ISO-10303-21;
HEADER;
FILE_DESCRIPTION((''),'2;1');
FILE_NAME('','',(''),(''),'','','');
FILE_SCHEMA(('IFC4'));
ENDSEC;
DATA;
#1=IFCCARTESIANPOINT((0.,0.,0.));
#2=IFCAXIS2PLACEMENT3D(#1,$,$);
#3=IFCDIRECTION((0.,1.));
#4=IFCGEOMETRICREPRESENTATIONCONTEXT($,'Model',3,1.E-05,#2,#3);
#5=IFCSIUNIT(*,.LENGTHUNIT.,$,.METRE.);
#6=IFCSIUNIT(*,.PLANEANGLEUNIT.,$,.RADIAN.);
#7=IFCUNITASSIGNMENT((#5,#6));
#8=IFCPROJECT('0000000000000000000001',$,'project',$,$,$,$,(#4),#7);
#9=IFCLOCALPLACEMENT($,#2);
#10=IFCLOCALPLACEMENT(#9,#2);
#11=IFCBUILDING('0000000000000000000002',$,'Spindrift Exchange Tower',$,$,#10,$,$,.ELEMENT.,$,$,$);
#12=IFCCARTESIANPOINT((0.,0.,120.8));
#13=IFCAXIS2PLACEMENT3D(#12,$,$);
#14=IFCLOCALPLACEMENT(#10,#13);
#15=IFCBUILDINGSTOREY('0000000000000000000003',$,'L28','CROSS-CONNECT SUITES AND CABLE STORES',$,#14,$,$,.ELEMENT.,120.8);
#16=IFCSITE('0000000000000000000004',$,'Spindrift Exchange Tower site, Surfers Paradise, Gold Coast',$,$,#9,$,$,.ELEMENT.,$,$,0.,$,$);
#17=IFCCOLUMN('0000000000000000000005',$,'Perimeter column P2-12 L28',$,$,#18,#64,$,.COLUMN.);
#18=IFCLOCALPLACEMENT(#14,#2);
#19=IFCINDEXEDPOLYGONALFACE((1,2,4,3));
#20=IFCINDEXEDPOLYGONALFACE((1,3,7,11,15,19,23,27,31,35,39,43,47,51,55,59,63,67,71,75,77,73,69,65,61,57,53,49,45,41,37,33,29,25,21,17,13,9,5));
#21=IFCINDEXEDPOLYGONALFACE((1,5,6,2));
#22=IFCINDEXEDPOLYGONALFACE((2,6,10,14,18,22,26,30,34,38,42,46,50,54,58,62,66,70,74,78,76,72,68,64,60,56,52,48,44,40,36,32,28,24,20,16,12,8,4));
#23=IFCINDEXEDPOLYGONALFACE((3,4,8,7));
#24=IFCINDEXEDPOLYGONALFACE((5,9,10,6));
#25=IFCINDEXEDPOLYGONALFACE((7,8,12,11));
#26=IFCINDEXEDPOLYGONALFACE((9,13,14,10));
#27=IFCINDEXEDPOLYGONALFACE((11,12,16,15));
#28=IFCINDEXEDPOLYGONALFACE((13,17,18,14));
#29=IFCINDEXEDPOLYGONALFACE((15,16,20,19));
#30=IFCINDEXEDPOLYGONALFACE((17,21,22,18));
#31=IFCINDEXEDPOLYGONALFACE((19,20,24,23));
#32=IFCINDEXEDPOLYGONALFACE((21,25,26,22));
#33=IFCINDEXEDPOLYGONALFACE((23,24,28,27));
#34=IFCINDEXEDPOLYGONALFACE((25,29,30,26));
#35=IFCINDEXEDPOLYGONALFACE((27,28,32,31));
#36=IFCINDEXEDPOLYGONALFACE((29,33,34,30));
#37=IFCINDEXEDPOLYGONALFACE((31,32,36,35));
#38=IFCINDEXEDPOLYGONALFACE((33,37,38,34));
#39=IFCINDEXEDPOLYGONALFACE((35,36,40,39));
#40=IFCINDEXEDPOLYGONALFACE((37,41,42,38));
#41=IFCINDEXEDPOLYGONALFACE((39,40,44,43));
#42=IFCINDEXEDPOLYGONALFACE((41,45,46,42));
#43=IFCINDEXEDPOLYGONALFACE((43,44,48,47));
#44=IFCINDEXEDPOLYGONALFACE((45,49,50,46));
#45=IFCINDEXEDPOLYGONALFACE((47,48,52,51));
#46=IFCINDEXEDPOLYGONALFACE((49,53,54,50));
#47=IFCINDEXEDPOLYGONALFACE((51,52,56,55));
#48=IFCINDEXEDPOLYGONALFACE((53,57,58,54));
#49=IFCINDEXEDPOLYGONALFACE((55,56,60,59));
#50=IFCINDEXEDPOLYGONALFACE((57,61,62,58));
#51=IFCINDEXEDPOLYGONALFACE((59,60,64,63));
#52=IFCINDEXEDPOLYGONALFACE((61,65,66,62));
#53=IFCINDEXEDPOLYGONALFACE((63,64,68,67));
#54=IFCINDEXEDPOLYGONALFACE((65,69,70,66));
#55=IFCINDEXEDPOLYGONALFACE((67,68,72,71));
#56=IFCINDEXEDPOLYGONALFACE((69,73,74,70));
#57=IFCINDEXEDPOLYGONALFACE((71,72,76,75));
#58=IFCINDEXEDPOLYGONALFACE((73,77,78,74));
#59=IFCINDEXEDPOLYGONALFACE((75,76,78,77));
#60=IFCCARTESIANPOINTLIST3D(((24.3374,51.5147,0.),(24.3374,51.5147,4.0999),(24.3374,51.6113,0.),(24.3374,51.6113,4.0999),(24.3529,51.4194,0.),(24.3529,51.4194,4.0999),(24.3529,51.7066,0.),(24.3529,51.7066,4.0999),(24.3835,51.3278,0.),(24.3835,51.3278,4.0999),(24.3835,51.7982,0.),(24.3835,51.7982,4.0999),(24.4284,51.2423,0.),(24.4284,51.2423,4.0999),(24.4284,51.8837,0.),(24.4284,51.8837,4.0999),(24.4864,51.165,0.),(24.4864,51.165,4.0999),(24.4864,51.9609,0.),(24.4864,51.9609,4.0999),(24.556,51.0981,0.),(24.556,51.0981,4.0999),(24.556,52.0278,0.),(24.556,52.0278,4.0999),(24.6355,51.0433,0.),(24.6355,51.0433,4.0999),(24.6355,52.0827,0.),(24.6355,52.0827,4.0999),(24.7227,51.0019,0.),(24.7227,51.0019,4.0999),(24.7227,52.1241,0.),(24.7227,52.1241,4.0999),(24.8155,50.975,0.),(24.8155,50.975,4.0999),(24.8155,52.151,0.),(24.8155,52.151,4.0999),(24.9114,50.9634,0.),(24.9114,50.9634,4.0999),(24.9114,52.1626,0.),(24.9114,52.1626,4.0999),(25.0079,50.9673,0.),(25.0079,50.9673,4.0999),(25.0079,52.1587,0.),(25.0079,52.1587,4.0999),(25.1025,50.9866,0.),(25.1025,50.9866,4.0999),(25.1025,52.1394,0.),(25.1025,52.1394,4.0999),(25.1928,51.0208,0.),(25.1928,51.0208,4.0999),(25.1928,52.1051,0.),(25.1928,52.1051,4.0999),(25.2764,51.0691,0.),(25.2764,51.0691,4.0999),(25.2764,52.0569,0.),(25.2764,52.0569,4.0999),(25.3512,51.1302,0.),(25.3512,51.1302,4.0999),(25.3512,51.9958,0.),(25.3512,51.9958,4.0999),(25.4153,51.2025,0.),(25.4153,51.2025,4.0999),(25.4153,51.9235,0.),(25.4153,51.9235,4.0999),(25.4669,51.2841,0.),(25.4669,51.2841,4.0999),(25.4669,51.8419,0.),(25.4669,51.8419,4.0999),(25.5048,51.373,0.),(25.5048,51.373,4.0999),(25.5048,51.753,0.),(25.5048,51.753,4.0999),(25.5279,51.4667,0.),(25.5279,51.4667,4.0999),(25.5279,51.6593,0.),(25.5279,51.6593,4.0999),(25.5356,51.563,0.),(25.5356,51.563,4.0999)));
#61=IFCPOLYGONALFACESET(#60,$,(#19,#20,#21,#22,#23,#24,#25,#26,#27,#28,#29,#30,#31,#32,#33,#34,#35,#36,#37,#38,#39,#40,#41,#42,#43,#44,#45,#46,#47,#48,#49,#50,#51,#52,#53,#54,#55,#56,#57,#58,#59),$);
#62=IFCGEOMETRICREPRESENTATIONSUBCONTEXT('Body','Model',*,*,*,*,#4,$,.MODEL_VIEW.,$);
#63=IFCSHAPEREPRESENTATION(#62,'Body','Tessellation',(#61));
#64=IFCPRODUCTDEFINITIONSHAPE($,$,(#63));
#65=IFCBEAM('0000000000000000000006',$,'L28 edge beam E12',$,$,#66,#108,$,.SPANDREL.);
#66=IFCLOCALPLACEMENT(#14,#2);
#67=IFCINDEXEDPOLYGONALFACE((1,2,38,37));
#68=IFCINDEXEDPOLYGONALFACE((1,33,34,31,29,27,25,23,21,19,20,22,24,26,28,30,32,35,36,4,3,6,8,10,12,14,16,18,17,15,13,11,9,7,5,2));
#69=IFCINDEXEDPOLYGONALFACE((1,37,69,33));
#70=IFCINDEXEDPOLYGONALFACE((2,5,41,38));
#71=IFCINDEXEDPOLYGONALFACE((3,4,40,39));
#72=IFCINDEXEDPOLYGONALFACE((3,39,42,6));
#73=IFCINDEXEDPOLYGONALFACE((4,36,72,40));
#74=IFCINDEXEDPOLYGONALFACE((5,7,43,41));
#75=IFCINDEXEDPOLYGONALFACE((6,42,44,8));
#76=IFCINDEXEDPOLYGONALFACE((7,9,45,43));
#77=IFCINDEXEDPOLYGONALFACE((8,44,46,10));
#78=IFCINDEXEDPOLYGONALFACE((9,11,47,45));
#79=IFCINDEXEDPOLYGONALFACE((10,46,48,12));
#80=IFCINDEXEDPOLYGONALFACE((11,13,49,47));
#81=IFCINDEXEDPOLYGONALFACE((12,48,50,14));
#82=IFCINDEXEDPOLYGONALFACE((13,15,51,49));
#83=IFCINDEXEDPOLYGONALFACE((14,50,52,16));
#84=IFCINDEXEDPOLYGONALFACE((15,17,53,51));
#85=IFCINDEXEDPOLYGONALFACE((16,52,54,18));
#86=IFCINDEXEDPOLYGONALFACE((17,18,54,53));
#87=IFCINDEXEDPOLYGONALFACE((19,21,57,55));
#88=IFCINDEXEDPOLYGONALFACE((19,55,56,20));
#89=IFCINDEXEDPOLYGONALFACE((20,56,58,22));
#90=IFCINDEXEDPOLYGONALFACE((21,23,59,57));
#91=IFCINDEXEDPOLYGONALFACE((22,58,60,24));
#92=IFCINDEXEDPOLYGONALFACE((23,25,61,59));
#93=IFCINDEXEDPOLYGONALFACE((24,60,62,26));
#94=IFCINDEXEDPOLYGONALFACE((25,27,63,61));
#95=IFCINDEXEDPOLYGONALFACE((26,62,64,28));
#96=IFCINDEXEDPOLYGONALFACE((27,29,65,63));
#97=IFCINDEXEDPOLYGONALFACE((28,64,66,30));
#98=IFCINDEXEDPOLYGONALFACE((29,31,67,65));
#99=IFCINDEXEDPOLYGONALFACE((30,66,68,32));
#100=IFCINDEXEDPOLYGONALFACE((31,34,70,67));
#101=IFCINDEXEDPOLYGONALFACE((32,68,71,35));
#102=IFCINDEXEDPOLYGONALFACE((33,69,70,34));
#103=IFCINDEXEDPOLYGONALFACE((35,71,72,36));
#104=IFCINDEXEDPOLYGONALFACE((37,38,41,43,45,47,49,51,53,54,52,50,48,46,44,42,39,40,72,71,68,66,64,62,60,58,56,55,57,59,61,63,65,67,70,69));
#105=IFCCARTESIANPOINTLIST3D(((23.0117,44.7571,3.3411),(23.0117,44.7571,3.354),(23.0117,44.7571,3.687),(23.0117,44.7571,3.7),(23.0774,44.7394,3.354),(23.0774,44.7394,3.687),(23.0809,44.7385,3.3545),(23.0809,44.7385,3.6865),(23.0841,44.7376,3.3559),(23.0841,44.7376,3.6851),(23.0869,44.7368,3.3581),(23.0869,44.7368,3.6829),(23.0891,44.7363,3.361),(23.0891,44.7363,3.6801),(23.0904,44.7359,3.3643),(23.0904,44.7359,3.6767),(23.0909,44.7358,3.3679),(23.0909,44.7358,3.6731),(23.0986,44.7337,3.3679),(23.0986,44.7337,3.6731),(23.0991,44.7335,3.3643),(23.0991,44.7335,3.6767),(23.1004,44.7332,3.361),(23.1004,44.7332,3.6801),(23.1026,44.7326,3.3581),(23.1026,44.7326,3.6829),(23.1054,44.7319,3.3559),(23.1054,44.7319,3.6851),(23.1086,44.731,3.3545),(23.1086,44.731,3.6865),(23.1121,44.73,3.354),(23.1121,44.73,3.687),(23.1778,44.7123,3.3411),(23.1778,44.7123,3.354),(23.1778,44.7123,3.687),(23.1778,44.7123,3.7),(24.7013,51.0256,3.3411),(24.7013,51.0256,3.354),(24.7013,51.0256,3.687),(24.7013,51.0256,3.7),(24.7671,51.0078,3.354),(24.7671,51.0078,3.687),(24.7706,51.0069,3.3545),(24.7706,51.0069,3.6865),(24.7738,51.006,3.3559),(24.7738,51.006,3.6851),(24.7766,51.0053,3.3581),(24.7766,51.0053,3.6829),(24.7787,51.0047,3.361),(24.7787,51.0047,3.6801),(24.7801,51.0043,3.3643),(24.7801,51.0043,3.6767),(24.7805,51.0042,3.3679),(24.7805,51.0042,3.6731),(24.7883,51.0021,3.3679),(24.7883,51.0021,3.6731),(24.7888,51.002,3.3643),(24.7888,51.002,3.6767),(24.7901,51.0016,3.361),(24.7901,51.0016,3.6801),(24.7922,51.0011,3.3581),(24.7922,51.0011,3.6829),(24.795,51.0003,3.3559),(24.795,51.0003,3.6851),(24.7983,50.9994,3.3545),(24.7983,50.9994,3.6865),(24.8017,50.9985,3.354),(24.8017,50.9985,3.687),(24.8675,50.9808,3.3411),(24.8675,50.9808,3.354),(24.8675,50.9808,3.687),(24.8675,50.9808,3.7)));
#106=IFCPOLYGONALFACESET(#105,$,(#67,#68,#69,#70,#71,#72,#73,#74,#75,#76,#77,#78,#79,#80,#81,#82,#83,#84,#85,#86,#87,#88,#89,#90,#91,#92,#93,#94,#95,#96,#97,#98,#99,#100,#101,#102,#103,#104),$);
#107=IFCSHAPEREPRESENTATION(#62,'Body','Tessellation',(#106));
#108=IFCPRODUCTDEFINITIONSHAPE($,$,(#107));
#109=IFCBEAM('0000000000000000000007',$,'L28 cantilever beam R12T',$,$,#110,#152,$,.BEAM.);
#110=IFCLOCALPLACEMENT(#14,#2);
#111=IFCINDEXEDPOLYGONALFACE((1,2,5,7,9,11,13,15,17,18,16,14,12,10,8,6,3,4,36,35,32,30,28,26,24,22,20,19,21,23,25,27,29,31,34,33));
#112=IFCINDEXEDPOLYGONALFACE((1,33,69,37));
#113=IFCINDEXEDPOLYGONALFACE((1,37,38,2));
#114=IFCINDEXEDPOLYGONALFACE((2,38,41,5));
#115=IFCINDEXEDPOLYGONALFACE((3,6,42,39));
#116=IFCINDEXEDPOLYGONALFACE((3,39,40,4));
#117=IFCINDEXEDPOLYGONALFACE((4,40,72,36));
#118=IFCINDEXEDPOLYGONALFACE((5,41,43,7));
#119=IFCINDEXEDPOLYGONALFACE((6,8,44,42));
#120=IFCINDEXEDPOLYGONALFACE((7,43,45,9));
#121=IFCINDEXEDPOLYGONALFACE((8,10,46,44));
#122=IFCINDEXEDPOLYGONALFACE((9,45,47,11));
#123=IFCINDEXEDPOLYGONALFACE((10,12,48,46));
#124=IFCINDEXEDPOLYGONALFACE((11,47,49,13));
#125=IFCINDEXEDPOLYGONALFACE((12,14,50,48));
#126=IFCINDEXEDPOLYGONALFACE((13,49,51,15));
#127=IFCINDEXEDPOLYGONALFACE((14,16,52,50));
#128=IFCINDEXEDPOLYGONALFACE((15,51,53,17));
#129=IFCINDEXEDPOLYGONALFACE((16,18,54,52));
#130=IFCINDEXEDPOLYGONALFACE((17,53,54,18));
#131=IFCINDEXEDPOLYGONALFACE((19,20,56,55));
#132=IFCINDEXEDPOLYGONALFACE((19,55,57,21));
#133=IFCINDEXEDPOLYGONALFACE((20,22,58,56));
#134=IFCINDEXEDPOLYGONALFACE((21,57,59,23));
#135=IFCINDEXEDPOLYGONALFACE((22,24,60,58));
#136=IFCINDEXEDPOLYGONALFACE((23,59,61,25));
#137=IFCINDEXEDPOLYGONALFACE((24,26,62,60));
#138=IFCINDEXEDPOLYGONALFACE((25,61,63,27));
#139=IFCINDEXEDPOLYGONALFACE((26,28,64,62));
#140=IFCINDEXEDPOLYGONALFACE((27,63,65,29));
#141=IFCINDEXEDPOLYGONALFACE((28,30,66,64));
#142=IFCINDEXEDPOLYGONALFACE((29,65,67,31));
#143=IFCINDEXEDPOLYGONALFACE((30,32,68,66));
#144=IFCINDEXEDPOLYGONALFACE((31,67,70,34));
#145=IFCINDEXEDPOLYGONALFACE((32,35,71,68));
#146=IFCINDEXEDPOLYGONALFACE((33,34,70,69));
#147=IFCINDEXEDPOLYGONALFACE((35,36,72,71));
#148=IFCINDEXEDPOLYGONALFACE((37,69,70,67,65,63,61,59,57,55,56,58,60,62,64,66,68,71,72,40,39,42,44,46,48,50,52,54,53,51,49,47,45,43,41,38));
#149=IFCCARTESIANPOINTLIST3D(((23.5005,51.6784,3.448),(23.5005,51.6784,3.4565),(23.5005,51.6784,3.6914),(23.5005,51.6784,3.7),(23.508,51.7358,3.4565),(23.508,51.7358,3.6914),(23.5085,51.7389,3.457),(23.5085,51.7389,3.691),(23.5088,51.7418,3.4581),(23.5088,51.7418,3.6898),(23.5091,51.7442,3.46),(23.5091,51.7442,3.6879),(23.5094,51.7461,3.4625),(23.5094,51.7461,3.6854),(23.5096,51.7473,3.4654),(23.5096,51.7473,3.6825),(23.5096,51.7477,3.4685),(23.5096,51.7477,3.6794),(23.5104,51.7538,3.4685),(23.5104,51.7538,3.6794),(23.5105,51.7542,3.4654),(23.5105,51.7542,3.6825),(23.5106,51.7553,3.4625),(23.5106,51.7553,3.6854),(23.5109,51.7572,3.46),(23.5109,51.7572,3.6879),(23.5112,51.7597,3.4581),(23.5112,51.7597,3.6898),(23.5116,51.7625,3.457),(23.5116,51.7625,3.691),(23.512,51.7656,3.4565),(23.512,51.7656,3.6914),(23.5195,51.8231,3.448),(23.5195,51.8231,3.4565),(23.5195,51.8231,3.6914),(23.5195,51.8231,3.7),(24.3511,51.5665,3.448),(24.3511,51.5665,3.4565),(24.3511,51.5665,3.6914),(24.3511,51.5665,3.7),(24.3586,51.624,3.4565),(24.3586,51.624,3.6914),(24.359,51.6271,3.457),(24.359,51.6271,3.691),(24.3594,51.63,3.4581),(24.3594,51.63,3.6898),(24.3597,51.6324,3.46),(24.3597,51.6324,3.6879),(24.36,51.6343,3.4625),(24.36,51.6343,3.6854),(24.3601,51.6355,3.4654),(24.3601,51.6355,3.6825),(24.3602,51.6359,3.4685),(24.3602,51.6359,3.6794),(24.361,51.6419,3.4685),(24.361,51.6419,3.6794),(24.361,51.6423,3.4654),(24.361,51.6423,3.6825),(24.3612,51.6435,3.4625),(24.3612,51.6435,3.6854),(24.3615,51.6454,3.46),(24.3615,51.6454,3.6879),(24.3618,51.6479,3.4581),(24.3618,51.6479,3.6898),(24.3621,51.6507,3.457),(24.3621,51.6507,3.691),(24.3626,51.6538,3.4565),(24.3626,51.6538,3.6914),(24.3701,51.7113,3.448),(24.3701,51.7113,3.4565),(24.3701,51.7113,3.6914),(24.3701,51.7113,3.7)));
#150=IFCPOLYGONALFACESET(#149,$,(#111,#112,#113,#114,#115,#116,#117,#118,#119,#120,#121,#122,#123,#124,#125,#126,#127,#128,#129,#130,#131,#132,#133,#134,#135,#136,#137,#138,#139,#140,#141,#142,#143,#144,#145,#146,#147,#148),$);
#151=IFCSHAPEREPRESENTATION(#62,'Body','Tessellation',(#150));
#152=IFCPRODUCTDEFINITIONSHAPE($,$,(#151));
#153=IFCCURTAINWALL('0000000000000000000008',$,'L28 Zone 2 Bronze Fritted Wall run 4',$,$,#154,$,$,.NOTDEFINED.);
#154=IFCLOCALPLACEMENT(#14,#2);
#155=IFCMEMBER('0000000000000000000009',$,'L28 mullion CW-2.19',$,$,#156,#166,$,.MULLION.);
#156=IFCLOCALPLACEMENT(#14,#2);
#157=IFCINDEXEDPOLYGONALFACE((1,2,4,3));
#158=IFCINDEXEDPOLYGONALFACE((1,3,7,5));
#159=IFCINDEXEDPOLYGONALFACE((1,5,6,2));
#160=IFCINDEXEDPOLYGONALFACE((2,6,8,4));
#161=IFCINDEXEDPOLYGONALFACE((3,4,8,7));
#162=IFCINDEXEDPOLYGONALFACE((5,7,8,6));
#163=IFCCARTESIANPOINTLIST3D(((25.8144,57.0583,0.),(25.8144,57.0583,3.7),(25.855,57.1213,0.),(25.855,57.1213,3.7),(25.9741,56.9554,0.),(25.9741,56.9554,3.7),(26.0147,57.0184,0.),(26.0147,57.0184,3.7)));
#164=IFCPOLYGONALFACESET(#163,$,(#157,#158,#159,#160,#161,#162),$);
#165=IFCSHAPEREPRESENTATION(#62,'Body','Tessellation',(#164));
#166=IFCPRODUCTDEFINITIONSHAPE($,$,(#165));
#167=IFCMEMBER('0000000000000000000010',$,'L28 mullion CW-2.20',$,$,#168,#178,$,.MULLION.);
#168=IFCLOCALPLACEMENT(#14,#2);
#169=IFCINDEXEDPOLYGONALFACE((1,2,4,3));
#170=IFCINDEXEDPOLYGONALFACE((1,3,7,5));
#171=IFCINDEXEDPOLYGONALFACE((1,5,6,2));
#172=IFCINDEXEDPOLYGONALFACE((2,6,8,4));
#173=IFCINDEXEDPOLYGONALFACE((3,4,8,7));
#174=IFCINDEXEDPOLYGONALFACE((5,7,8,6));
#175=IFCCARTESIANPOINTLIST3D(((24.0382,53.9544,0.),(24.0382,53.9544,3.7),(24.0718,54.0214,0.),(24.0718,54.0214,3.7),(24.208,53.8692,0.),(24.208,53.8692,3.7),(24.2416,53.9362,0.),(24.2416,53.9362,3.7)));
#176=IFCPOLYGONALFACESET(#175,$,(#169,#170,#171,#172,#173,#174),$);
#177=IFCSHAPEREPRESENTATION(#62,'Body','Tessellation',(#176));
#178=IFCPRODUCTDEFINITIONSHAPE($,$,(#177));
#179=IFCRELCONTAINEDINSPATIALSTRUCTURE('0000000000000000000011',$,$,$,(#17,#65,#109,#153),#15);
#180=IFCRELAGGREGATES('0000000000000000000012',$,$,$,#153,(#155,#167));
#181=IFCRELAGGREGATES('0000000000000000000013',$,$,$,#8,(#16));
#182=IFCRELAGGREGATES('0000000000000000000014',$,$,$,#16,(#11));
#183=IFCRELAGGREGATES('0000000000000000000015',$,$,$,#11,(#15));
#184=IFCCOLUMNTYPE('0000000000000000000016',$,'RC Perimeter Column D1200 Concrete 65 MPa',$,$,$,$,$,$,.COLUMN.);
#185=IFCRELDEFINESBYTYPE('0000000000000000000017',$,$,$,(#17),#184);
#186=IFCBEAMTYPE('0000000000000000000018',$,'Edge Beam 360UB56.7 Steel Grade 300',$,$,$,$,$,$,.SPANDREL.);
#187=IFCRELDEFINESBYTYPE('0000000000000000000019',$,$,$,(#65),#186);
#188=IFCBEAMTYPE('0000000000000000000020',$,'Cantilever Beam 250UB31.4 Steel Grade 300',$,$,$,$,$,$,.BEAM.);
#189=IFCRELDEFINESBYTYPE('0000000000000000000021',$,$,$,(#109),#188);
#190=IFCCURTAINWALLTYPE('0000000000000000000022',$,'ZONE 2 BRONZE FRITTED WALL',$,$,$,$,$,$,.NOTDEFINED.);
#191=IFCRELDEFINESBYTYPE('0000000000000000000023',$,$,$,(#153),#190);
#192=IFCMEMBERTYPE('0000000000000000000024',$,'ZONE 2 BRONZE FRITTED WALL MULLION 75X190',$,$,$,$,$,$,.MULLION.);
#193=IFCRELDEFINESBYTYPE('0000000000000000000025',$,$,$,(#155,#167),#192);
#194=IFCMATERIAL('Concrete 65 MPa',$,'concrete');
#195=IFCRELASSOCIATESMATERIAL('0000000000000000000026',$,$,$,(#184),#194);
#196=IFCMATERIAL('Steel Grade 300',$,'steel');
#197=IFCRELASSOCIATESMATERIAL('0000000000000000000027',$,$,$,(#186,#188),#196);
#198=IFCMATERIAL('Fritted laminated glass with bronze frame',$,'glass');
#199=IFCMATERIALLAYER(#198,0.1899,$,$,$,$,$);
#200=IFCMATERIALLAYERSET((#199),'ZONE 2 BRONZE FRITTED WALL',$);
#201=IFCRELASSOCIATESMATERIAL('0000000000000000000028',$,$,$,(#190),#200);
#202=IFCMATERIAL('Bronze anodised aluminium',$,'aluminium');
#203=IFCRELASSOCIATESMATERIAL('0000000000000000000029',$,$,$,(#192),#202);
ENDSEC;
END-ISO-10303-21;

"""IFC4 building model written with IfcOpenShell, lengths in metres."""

from ifc_helpers import new_model, si_unit, direction, frame, origin, origin_2d, place, context, subcontext, project, spatial, rectangle, circle, i_section, extrude, source, transform, mapped, material, layer, layer_set, material_profile, profile_set, type_object, element, aggregate, save


model = new_model("IFC4")

# Units and contexts
model_context = context("Model", 3, precision=1e-05, world=origin(), true_north=direction((0.0, 1.0)))
body_context = subcontext(model_context, "Body", "Model", "MODEL_VIEW")
ifc_project = project(units=[si_unit("LENGTHUNIT", "METRE"), si_unit("PLANEANGLEUNIT", "RADIAN")], contexts=[model_context])

# Site, building, storey
site_placement = place(None, origin())
site = spatial("IfcSite", under=ifc_project, at=site_placement, Name="Spindrift Exchange Tower site, Surfers Paradise, Gold Coast", CompositionType="ELEMENT", RefElevation=0.0)
building_placement = place(site_placement, origin())
building = spatial("IfcBuilding", under=site, at=building_placement, Name="Spindrift Exchange Tower", CompositionType="ELEMENT")
storey_placement = place(building_placement, frame((0.0, 0.0, 120.8)))
storey = spatial("IfcBuildingStorey", under=building, at=storey_placement, Name="L28", Description="CROSS-CONNECT SUITES AND CABLE STORES", CompositionType="ELEMENT", Elevation=120.8)

# Column
ifc_material_1 = material(Name="Concrete 65 MPa", Category="concrete")
ifc_material_profile_1 = material_profile(ifc_material_1, circle(Radius=0.6001, at=origin_2d()), Name="RC D1200")
ifc_profile_set_1 = profile_set([ifc_material_profile_1], Name="Concrete 65 MPa")
column_type = type_object("IfcColumnType", Name="RC Perimeter Column D1200 Concrete 65 MPa", PredefinedType="COLUMN", material=ifc_profile_set_1)
shared_shape_1 = source(origin(), body_context, "Body", "SweptSolid", [
    extrude(circle(Radius=0.6001, at=origin_2d()), origin(), (0.0, 0.0, 1.0), 4.0999),
])
column_placement = place(storey_placement, frame((24.9355, 51.563, 0.0), z_axis=(0.0, 0.0, 1.0), x_axis=(1.0, 0.0, 0.0)))
element("IfcColumn", 1, at=column_placement, inside=storey, type_object=column_type, Name="Perimeter column P2-12 L28", PredefinedType="COLUMN", context=body_context, shape_type="MappedRepresentation", body=[
    mapped(shared_shape_1, transform((0.0, 0.0, 0.0), scale=1.0)),
])

# Beams
ifc_material_2 = material(Name="Steel Grade 300", Category="steel")
ifc_material_profile_2 = material_profile(ifc_material_2, i_section(OverallWidth=0.1721, OverallDepth=0.3589, WebThickness=0.0081, FlangeThickness=0.0129, FilletRadius=0.0139, at=origin_2d()), Name="360UB56.7")
ifc_profile_set_2 = profile_set([ifc_material_profile_2], Name="Steel Grade 300")
beam_type_1 = type_object("IfcBeamType", Name="Edge Beam 360UB56.7 Steel Grade 300", PredefinedType="SPANDREL", material=ifc_profile_set_2)
shared_shape_2 = source(origin(), body_context, "Body", "SweptSolid", [
    extrude(i_section(OverallWidth=0.1721, OverallDepth=0.3589, WebThickness=0.0081, FlangeThickness=0.0129, FilletRadius=0.0139, at=origin_2d()), origin(), (0.0, 0.0, 1.0), 6.4922),
])
beam_1_placement = place(storey_placement, frame((24.7844, 51.0032, 3.5205), z_axis=(-0.260262, -0.965538, 0.0), x_axis=(0.965538, -0.260262, 0.0)))
element("IfcBeam", 2, at=beam_1_placement, inside=storey, type_object=beam_type_1, Name="L28 edge beam E12", PredefinedType="SPANDREL", context=body_context, shape_type="MappedRepresentation", body=[
    mapped(shared_shape_2, transform((0.0, 0.0, 0.0), scale=1.0)),
])
ifc_material_profile_3 = material_profile(ifc_material_2, i_section(OverallWidth=0.146, OverallDepth=0.252, WebThickness=0.0061, FlangeThickness=0.0085, FilletRadius=0.012, at=origin_2d()), Name="250UB31.4")
ifc_profile_set_3 = profile_set([ifc_material_profile_3], Name="Steel Grade 300")
beam_type_2 = type_object("IfcBeamType", Name="Cantilever Beam 250UB31.4 Steel Grade 300", PredefinedType="BEAM", material=ifc_profile_set_3)
shared_shape_3 = source(origin(), body_context, "Body", "SweptSolid", [
    extrude(i_section(OverallWidth=0.146, OverallDepth=0.252, WebThickness=0.0061, FlangeThickness=0.0085, FilletRadius=0.012, at=origin_2d()), origin(), (0.0, 0.0, 1.0), 0.8579),
])
beam_2_placement = place(storey_placement, frame((24.3606, 51.6389, 3.574), z_axis=(-0.99147, 0.130337, 0.0), x_axis=(-0.130337, -0.99147, 0.0)))
element("IfcBeam", 3, at=beam_2_placement, inside=storey, type_object=beam_type_2, Name="L28 cantilever beam R12T", PredefinedType="BEAM", context=body_context, shape_type="MappedRepresentation", body=[
    mapped(shared_shape_3, transform((0.0, 0.0, 0.0), scale=1.0)),
])

# Curtain wall, members
ifc_material_3 = material(Name="Fritted laminated glass with bronze frame", Category="glass")
ifc_layer_1 = layer(ifc_material_3, 0.1899)
ifc_layer_set_1 = layer_set([ifc_layer_1], Name="ZONE 2 BRONZE FRITTED WALL")
curtain_wall_type = type_object("IfcCurtainWallType", Name="ZONE 2 BRONZE FRITTED WALL", PredefinedType="NOTDEFINED", material=ifc_layer_set_1)
curtain_wall_placement = place(storey_placement, origin())
curtain_wall = element("IfcCurtainWall", 4, at=curtain_wall_placement, inside=storey, type_object=curtain_wall_type, Name="L28 Zone 2 Bronze Fritted Wall run 4", PredefinedType="NOTDEFINED")
ifc_material_4 = material(Name="Bronze anodised aluminium", Category="aluminium")
ifc_material_profile_4 = material_profile(ifc_material_4, rectangle(XDim=0.075, YDim=0.1899, at=origin_2d()), Name="ZONE 2 BRONZE FRITTED WALL MULLION 75X190")
ifc_profile_set_4 = profile_set([ifc_material_profile_4], Name="Bronze anodised aluminium")
member_type_1 = type_object("IfcMemberType", Name="ZONE 2 BRONZE FRITTED WALL MULLION 75X190", PredefinedType="MULLION", material=ifc_profile_set_4)
shared_shape_4 = source(origin(), body_context, "Body", "SweptSolid", [
    extrude(rectangle(XDim=0.075, YDim=0.1899, at=origin_2d()), origin(), (0.0, 0.0, 1.0), 3.7),
])
member_1_placement = place(storey_placement, frame((25.9146, 57.0383, 0.0), z_axis=(0.0, 0.0, 1.0), x_axis=(-0.541682, -0.840584, 0.0)))
member_1 = element("IfcMember", 5, at=member_1_placement, type_object=member_type_1, Name="L28 mullion CW-2.19", PredefinedType="MULLION", context=body_context, shape_type="MappedRepresentation", body=[
    mapped(shared_shape_4, transform((0.0, 0.0, 0.0), scale=1.0)),
])
member_2_placement = place(storey_placement, frame((24.1399, 53.9453, 0.0), z_axis=(0.0, 0.0, 1.0), x_axis=(-0.448357, -0.893854, 0.0)))
member_2 = element("IfcMember", 6, at=member_2_placement, type_object=member_type_1, Name="L28 mullion CW-2.20", PredefinedType="MULLION", context=body_context, shape_type="MappedRepresentation", body=[
    mapped(shared_shape_4, transform((0.0, 0.0, 0.0), scale=1.0)),
])
aggregate(curtain_wall, [member_1, member_2])

save(model, "model.ifc")
